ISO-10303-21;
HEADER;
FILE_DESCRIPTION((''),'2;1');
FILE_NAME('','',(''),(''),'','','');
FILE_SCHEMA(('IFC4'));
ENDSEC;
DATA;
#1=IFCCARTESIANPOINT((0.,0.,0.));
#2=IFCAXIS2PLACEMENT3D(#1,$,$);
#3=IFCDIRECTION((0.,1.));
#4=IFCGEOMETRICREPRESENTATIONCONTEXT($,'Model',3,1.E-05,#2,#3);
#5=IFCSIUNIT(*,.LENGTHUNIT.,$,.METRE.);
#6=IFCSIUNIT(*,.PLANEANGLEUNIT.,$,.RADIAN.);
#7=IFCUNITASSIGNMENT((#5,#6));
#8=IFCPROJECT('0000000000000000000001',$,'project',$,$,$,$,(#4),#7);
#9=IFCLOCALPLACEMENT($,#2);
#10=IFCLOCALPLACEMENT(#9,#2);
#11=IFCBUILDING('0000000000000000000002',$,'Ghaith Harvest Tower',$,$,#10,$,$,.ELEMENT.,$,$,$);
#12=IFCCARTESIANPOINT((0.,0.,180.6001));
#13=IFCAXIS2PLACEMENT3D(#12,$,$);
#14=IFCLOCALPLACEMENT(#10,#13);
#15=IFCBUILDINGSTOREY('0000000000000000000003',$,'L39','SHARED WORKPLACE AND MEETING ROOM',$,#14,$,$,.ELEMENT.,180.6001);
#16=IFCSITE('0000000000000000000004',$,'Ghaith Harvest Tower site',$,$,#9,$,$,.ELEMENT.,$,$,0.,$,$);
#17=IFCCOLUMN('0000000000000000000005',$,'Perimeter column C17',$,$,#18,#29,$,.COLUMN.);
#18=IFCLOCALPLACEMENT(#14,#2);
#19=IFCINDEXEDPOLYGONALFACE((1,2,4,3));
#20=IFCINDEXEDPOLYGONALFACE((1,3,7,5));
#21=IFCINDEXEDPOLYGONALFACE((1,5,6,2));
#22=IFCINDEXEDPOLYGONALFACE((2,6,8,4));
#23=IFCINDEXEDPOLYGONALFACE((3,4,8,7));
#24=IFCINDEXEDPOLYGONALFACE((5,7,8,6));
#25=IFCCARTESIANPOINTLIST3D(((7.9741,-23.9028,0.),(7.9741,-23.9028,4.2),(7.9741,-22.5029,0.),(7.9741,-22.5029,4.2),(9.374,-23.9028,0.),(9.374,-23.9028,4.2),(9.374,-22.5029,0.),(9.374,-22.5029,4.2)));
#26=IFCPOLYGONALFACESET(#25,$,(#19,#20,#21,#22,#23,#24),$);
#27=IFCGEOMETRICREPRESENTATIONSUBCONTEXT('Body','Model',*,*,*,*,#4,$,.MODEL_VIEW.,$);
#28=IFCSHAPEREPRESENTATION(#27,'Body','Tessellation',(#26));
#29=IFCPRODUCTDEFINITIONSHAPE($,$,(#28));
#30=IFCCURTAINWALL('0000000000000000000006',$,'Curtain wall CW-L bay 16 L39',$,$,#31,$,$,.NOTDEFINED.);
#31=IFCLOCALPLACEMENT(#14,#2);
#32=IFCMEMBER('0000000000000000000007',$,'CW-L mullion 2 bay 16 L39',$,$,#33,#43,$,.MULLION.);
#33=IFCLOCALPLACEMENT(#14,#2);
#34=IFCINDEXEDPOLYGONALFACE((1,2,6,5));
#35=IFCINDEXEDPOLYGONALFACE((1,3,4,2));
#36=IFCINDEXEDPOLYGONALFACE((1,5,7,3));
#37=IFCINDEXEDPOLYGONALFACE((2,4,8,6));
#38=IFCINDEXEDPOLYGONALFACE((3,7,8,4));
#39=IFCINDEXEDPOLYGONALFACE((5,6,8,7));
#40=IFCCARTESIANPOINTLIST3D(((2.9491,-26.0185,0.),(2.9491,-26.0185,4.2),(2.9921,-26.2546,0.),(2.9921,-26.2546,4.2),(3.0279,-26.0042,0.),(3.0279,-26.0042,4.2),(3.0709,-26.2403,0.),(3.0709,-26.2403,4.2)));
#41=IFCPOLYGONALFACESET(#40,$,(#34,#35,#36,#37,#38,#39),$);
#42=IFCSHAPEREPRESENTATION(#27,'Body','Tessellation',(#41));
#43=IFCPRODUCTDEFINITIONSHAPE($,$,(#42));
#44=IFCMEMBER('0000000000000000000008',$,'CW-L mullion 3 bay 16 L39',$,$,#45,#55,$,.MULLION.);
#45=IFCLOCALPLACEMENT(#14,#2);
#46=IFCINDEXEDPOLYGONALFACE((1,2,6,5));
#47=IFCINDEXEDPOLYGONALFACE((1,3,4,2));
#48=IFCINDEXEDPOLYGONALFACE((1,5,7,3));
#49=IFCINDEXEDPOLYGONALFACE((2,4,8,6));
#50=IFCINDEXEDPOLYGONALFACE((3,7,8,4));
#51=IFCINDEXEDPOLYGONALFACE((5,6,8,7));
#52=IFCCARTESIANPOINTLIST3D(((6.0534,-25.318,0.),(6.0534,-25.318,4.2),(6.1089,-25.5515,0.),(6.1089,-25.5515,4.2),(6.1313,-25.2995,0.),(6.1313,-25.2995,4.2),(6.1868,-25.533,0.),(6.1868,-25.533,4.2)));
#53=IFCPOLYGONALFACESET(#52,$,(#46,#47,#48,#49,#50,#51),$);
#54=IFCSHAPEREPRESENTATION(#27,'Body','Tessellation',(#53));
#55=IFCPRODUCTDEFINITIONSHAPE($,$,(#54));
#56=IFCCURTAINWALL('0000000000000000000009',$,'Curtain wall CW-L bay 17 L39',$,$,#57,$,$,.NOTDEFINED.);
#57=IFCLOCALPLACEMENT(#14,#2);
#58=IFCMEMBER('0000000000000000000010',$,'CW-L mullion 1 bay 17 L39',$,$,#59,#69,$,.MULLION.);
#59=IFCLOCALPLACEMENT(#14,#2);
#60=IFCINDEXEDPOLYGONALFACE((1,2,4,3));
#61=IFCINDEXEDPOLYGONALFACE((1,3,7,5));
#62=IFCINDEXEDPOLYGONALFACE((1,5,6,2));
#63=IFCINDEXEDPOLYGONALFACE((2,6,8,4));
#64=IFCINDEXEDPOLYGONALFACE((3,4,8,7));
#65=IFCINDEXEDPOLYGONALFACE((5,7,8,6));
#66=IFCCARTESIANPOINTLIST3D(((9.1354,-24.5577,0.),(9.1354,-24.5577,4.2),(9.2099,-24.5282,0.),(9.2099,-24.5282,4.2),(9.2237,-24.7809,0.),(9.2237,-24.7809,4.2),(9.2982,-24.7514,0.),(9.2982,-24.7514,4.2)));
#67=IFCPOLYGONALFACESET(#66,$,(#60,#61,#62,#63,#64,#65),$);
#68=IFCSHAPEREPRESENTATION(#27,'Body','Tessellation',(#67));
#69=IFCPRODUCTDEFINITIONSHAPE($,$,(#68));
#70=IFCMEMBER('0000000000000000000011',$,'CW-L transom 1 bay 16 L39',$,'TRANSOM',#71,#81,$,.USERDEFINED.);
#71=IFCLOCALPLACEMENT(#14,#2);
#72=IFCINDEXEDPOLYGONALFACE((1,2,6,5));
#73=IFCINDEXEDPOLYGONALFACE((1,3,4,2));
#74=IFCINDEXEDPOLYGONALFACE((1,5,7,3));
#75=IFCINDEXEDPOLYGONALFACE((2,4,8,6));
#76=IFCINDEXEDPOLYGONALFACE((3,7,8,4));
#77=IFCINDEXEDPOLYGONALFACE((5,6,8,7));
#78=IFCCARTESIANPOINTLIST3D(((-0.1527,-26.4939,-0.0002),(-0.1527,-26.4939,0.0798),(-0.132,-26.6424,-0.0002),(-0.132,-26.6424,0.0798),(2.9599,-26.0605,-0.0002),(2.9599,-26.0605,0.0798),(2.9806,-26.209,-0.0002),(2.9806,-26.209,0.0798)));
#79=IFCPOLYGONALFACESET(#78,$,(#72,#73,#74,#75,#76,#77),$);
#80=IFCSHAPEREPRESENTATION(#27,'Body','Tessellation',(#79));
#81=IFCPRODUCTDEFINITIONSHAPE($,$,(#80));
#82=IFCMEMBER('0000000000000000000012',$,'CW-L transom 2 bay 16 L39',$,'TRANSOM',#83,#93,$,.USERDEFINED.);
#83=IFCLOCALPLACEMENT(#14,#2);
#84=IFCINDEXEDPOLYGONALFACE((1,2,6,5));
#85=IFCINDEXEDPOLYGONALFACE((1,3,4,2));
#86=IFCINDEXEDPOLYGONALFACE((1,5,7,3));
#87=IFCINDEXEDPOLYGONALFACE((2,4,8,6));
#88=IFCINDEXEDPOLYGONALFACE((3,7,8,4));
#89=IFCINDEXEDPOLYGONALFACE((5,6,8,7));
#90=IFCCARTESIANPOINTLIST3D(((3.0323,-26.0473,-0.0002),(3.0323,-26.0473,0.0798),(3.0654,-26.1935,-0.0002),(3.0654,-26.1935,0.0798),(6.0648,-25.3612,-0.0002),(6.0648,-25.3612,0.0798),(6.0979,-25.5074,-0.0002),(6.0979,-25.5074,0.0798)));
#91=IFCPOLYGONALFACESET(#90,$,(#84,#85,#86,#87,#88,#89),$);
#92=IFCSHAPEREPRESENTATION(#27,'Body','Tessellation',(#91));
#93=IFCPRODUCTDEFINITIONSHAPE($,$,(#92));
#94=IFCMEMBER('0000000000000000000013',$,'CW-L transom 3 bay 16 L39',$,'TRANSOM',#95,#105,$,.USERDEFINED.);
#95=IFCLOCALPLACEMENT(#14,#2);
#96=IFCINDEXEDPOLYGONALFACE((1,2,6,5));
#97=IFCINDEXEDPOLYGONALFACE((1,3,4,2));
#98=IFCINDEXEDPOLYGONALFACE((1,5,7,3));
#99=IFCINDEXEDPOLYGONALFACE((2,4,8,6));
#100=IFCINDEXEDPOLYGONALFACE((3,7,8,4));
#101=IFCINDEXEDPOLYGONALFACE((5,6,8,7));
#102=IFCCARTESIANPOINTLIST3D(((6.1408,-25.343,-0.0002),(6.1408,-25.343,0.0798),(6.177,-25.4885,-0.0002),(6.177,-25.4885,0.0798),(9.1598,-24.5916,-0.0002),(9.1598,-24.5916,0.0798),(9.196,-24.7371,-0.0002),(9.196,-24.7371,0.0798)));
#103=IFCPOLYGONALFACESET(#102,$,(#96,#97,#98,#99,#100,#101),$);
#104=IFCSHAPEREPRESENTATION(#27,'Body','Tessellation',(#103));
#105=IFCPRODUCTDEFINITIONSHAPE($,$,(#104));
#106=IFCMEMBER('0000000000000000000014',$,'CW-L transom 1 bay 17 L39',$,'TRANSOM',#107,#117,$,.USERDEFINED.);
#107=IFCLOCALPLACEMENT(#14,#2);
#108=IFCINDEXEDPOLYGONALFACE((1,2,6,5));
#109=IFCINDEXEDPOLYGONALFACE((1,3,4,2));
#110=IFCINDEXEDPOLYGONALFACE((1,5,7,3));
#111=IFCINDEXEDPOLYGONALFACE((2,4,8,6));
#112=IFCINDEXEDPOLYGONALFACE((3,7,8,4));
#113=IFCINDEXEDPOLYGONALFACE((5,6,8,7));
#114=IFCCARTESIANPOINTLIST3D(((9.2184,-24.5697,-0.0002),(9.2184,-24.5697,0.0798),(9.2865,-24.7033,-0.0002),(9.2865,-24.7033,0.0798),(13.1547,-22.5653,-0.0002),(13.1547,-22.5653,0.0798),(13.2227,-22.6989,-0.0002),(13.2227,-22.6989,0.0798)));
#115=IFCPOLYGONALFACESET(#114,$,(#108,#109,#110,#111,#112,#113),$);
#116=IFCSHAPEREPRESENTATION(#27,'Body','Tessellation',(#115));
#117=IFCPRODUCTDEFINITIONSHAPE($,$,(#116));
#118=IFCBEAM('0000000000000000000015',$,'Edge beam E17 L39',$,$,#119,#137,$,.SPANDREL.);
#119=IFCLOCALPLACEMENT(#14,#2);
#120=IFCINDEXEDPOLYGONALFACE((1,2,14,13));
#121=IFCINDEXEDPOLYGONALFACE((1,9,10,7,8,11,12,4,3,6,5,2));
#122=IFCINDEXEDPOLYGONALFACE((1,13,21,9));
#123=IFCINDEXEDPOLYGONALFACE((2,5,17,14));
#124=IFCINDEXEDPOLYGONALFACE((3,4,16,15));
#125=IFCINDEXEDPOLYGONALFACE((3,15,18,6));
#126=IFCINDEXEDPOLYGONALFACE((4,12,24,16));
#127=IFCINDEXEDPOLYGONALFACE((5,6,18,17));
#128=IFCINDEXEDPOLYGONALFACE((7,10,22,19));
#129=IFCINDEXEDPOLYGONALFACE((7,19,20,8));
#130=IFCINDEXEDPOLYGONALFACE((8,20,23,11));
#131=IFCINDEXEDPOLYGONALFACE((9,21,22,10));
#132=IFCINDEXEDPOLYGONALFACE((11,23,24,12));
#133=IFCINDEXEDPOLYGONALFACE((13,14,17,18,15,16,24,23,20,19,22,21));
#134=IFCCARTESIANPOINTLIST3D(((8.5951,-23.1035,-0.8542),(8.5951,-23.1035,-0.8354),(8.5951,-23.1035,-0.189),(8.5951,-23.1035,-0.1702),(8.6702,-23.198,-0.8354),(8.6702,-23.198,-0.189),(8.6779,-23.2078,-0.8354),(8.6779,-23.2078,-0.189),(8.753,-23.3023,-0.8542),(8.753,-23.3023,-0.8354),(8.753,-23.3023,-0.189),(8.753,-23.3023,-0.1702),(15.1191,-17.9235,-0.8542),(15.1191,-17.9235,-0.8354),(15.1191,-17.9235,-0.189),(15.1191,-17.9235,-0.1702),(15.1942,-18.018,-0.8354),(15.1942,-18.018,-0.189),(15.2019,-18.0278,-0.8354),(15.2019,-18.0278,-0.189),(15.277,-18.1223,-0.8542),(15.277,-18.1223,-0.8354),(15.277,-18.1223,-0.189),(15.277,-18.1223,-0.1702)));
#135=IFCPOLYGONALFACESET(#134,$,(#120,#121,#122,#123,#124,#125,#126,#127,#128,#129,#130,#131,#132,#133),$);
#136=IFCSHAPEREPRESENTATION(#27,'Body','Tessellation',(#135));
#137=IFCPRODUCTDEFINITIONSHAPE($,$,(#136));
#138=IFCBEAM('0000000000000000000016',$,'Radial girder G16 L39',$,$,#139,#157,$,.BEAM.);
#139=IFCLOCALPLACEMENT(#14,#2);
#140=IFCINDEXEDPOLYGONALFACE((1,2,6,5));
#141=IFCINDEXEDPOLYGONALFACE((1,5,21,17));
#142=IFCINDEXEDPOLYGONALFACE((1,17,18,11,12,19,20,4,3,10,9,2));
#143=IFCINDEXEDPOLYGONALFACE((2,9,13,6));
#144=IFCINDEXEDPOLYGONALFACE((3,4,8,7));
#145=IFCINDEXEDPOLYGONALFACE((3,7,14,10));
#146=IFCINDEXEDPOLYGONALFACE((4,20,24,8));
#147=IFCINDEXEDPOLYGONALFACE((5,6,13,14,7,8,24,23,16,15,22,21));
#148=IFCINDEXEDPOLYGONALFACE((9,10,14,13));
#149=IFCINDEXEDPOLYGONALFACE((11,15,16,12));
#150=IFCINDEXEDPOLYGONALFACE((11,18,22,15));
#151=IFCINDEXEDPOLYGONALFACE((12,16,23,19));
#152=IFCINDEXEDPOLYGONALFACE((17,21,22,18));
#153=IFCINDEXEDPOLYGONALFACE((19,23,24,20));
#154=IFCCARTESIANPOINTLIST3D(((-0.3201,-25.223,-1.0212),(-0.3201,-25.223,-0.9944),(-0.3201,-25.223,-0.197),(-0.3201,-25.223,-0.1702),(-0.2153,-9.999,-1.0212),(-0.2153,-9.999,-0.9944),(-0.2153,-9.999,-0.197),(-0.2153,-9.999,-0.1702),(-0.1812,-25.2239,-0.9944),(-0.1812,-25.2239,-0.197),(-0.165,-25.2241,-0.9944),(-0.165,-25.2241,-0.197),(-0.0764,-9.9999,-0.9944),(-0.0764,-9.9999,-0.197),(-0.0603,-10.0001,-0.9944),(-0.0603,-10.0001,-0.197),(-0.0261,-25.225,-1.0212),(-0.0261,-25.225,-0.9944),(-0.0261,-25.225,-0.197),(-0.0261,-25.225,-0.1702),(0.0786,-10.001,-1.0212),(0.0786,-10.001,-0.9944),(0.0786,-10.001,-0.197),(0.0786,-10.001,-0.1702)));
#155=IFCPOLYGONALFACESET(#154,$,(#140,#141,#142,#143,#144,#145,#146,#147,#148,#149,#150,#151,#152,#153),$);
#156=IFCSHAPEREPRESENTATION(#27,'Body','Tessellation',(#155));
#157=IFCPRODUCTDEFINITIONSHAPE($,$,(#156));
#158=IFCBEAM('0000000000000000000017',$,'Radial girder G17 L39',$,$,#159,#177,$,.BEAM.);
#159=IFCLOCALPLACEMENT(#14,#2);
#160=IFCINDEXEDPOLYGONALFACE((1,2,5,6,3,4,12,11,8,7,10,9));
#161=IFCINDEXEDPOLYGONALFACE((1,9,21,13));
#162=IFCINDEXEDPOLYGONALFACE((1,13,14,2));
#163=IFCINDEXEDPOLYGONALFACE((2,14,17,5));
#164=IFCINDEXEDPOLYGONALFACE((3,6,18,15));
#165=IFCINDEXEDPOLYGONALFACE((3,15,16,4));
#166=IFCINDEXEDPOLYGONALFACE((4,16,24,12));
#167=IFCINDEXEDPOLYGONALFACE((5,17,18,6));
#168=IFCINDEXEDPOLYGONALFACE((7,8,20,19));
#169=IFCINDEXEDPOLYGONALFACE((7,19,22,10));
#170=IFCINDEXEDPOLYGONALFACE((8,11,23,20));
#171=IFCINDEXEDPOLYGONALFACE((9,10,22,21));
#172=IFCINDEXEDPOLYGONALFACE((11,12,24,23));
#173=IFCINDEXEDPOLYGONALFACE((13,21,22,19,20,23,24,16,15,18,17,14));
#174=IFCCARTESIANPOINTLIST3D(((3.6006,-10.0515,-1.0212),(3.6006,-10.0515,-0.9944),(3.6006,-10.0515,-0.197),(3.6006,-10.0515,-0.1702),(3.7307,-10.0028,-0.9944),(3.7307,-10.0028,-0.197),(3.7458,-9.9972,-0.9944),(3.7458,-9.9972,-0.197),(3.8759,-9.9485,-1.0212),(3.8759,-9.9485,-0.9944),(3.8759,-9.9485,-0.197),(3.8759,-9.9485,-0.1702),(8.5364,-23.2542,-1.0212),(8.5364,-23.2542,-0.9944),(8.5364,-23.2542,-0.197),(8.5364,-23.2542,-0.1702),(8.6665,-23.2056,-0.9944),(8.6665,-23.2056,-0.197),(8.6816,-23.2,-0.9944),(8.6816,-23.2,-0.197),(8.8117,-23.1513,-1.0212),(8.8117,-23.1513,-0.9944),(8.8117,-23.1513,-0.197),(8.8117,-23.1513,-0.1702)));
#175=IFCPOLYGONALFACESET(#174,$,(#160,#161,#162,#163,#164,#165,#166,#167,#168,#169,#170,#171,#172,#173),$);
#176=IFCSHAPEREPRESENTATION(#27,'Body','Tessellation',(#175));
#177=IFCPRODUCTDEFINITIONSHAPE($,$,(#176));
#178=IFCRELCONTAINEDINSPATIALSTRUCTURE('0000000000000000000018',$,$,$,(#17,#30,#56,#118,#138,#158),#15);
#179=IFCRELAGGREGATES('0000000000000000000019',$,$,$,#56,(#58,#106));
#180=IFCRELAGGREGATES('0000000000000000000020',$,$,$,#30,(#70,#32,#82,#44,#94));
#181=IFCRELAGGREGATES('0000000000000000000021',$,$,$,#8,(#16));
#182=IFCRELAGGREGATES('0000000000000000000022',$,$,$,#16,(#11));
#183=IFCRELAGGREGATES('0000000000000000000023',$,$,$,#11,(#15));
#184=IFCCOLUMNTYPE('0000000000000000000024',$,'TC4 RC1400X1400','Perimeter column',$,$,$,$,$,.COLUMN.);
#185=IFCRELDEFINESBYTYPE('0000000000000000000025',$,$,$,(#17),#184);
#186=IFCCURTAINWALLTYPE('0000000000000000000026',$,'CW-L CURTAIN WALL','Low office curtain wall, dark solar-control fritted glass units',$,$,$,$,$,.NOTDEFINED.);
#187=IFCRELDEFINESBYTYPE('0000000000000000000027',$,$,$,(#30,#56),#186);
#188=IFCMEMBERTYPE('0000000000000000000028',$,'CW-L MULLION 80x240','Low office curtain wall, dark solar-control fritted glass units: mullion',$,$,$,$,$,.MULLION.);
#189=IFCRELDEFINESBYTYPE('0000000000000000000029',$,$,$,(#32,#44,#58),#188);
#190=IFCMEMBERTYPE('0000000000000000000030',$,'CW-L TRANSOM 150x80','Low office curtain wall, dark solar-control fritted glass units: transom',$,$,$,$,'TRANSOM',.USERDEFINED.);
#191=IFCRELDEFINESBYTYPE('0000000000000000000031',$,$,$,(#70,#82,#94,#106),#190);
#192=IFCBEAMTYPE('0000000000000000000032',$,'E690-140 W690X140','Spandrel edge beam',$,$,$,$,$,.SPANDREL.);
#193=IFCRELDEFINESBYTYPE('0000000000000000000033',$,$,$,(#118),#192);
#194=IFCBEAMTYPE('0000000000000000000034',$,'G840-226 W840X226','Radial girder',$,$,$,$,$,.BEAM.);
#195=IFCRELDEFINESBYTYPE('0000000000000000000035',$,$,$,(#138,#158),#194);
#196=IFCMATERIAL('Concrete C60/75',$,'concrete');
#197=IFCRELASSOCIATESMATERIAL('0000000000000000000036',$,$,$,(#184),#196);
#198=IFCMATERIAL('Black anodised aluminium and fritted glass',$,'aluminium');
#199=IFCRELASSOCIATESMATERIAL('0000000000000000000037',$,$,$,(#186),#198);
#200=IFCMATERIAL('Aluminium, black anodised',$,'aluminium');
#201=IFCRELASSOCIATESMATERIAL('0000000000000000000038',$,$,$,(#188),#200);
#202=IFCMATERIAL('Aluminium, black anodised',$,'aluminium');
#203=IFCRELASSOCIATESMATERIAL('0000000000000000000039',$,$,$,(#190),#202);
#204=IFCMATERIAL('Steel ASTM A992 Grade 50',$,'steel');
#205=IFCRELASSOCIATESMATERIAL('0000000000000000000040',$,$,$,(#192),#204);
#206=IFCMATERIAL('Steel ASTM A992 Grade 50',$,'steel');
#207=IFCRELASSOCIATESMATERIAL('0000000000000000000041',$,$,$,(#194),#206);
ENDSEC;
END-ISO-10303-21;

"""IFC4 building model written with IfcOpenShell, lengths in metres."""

from ifc_helpers import new_model, si_unit, direction, frame, origin, origin_2d, place, context, subcontext, project, spatial, rectangle, i_section, extrude, material, material_profile, profile_set, type_object, element, aggregate, save


model = new_model("IFC4")

# Units and contexts
model_context = context("Model", 3, precision=1e-05, world=origin(), true_north=direction((0.0, 1.0)))
body_context = subcontext(model_context, "Body", "Model", "MODEL_VIEW")
ifc_project = project(units=[si_unit("LENGTHUNIT", "METRE"), si_unit("PLANEANGLEUNIT", "RADIAN")], contexts=[model_context])

# Site, building, storey
site_placement = place(None, origin())
site = spatial("IfcSite", under=ifc_project, at=site_placement, Name="Ghaith Harvest Tower site", CompositionType="ELEMENT", RefElevation=0.0)
building_placement = place(site_placement, origin())
building = spatial("IfcBuilding", under=site, at=building_placement, Name="Ghaith Harvest Tower", CompositionType="ELEMENT")
storey_placement = place(building_placement, frame((0.0, 0.0, 180.6001)))
storey = spatial("IfcBuildingStorey", under=building, at=storey_placement, Name="L39", Description="SHARED WORKPLACE AND MEETING ROOM", CompositionType="ELEMENT", Elevation=180.6001)

# Column
ifc_material_1 = material(Name="Concrete C60/75", Category="concrete")
ifc_material_profile_1 = material_profile(ifc_material_1, rectangle(XDim=1.3999, YDim=1.3999, at=origin_2d()), Name="RC1400X1400")
ifc_profile_set_1 = profile_set([ifc_material_profile_1], Name="Concrete C60/75")
column_type = type_object("IfcColumnType", Name="TC4 RC1400X1400", Description="Perimeter column", PredefinedType="COLUMN", material=ifc_profile_set_1)
column_placement = place(storey_placement, frame((8.6741, -23.2029, 0.0), z_axis=(0.0, 0.0, 1.0), x_axis=(1.0, 0.0, 0.0)))
element("IfcColumn", 1, at=column_placement, inside=storey, type_object=column_type, Name="Perimeter column C17", PredefinedType="COLUMN", context=body_context, shape_type="SweptSolid", body=[
    extrude(rectangle(XDim=1.3999, YDim=1.3999, at=origin_2d()), origin(), (0.0, 0.0, 1.0), 4.2),
])

# Curtain wall, members
ifc_material_2 = material(Name="Black anodised aluminium and fritted glass", Category="aluminium")
curtain_wall_type = type_object("IfcCurtainWallType", Name="CW-L CURTAIN WALL", Description="Low office curtain wall, dark solar-control fritted glass units", PredefinedType="NOTDEFINED", material=ifc_material_2)
curtain_wall_1_placement = place(storey_placement, origin())
curtain_wall_1 = element("IfcCurtainWall", 2, at=curtain_wall_1_placement, inside=storey, type_object=curtain_wall_type, Name="Curtain wall CW-L bay 16 L39", PredefinedType="NOTDEFINED")
ifc_material_3 = material(Name="Aluminium, black anodised", Category="aluminium")
ifc_material_profile_2 = material_profile(ifc_material_3, rectangle(XDim=0.0801, YDim=0.24, at=origin_2d()), Name="CW-L MULLION 80x240")
ifc_profile_set_2 = profile_set([ifc_material_profile_2], Name="Aluminium, black anodised")
member_type_1 = type_object("IfcMemberType", Name="CW-L MULLION 80x240", Description="Low office curtain wall, dark solar-control fritted glass units: mullion", PredefinedType="MULLION", material=ifc_profile_set_2)
member_1_placement = place(storey_placement, frame((3.01, -26.1294, 0.0), z_axis=(0.0, 0.0, 1.0), x_axis=(0.983806, 0.179235, 0.0)))
member_1 = element("IfcMember", 3, at=member_1_placement, type_object=member_type_1, Name="CW-L mullion 2 bay 16 L39", PredefinedType="MULLION", context=body_context, shape_type="SweptSolid", body=[
    extrude(rectangle(XDim=0.0801, YDim=0.24, at=origin_2d()), origin(), (0.0, 0.0, 1.0), 4.2),
])
member_2_placement = place(storey_placement, frame((6.1201, -25.4255, 0.0), z_axis=(0.0, 0.0, 1.0), x_axis=(0.972918, 0.23115, 0.0)))
member_2 = element("IfcMember", 4, at=member_2_placement, type_object=member_type_1, Name="CW-L mullion 3 bay 16 L39", PredefinedType="MULLION", context=body_context, shape_type="SweptSolid", body=[
    extrude(rectangle(XDim=0.0801, YDim=0.24, at=origin_2d()), origin(), (0.0, 0.0, 1.0), 4.2),
])

# Curtain wall, member
curtain_wall_2_placement = place(storey_placement, origin())
curtain_wall_2 = element("IfcCurtainWall", 5, at=curtain_wall_2_placement, inside=storey, type_object=curtain_wall_type, Name="Curtain wall CW-L bay 17 L39", PredefinedType="NOTDEFINED")
member_3_placement = place(storey_placement, frame((9.2168, -24.6545, 0.0), z_axis=(0.0, 0.0, 1.0), x_axis=(0.929832, 0.367985, 0.0)))
member_3 = element("IfcMember", 6, at=member_3_placement, type_object=member_type_1, Name="CW-L mullion 1 bay 17 L39", PredefinedType="MULLION", context=body_context, shape_type="SweptSolid", body=[
    extrude(rectangle(XDim=0.0801, YDim=0.24, at=origin_2d()), origin(), (0.0, 0.0, 1.0), 4.2),
])

# Members
ifc_material_4 = material(Name="Aluminium, black anodised", Category="aluminium")
ifc_material_profile_3 = material_profile(ifc_material_4, rectangle(XDim=0.1499, YDim=0.0801, at=origin_2d()), Name="CW-L TRANSOM 150x80")
ifc_profile_set_3 = profile_set([ifc_material_profile_3], Name="Aluminium, black anodised")
member_type_2 = type_object("IfcMemberType", Name="CW-L TRANSOM 150x80", Description="Low office curtain wall, dark solar-control fritted glass units: transom", ElementType="TRANSOM", PredefinedType="USERDEFINED", material=ifc_profile_set_3)
member_4_placement = place(storey_placement, frame((-0.1423, -26.5681, 0.0398), z_axis=(0.990447, 0.137897, 0.0), x_axis=(-0.137897, 0.990447, 0.0)))
member_4 = element("IfcMember", 7, at=member_4_placement, type_object=member_type_2, Name="CW-L transom 1 bay 16 L39", ObjectType="TRANSOM", PredefinedType="USERDEFINED", context=body_context, shape_type="SweptSolid", body=[
    extrude(rectangle(XDim=0.1499, YDim=0.0801, at=origin_2d()), origin(), (0.0, 0.0, 1.0), 3.1426),
])
member_5_placement = place(storey_placement, frame((3.0488, -26.1204, 0.0398), z_axis=(0.975352, 0.220654, 0.0), x_axis=(-0.220654, 0.975352, 0.0)))
member_5 = element("IfcMember", 8, at=member_5_placement, type_object=member_type_2, Name="CW-L transom 2 bay 16 L39", ObjectType="TRANSOM", PredefinedType="USERDEFINED", context=body_context, shape_type="SweptSolid", body=[
    extrude(rectangle(XDim=0.1499, YDim=0.0801, at=origin_2d()), origin(), (0.0, 0.0, 1.0), 3.1091),
])
member_6_placement = place(storey_placement, frame((6.1589, -25.4158, 0.0398), z_axis=(0.970391, 0.241538, 0.0), x_axis=(-0.241538, 0.970391, 0.0)))
member_6 = element("IfcMember", 9, at=member_6_placement, type_object=member_type_2, Name="CW-L transom 3 bay 16 L39", ObjectType="TRANSOM", PredefinedType="USERDEFINED", context=body_context, shape_type="SweptSolid", body=[
    extrude(rectangle(XDim=0.1499, YDim=0.0801, at=origin_2d()), origin(), (0.0, 0.0, 1.0), 3.1111),
])
member_7_placement = place(storey_placement, frame((9.2524, -24.6365, 0.0398), z_axis=(0.89112, 0.453768, 0.0), x_axis=(-0.453768, 0.89112, 0.0)))
member_7 = element("IfcMember", 10, at=member_7_placement, type_object=member_type_2, Name="CW-L transom 1 bay 17 L39", ObjectType="TRANSOM", PredefinedType="USERDEFINED", context=body_context, shape_type="SweptSolid", body=[
    extrude(rectangle(XDim=0.1499, YDim=0.0801, at=origin_2d()), origin(), (0.0, 0.0, 1.0), 4.4172),
])
aggregate(curtain_wall_2, [member_3, member_7])

# Beams
ifc_material_5 = material(Name="Steel ASTM A992 Grade 50", Category="steel")
ifc_material_profile_4 = material_profile(ifc_material_5, i_section(OverallWidth=0.2539, OverallDepth=0.6841, WebThickness=0.0125, FlangeThickness=0.0188, at=origin_2d()), Name="W690X140")
ifc_profile_set_4 = profile_set([ifc_material_profile_4], Name="Steel ASTM A992 Grade 50")
beam_type_1 = type_object("IfcBeamType", Name="E690-140 W690X140", Description="Spandrel edge beam", PredefinedType="SPANDREL", material=ifc_profile_set_4)
beam_1_placement = place(storey_placement, frame((8.6741, -23.2029, -0.5122), z_axis=(0.78316, 0.621821, 0.0), x_axis=(-0.621821, 0.78316, 0.0)))
element("IfcBeam", 11, at=beam_1_placement, inside=storey, type_object=beam_type_1, Name="Edge beam E17 L39", PredefinedType="SPANDREL", context=body_context, shape_type="SweptSolid", body=[
    extrude(i_section(OverallWidth=0.2539, OverallDepth=0.6841, WebThickness=0.0125, FlangeThickness=0.0188, at=origin_2d()), origin(), (0.0, 0.0, 1.0), 8.3303),
])
ifc_material_6 = material(Name="Steel ASTM A992 Grade 50", Category="steel")
ifc_material_profile_5 = material_profile(ifc_material_6, i_section(OverallWidth=0.2939, OverallDepth=0.8511, WebThickness=0.0161, FlangeThickness=0.0269, at=origin_2d()), Name="W840X226")
ifc_profile_set_5 = profile_set([ifc_material_profile_5], Name="Steel ASTM A992 Grade 50")
beam_type_2 = type_object("IfcBeamType", Name="G840-226 W840X226", Description="Radial girder", PredefinedType="BEAM", material=ifc_profile_set_5)
beam_2_placement = place(storey_placement, frame((-0.0684, -10.0, -0.5957), z_axis=(-0.006879, -0.999976, 0.0), x_axis=(0.999976, -0.006879, 0.0)))
element("IfcBeam", 12, at=beam_2_placement, inside=storey, type_object=beam_type_2, Name="Radial girder G16 L39", PredefinedType="BEAM", context=body_context, shape_type="SweptSolid", body=[
    extrude(i_section(OverallWidth=0.2939, OverallDepth=0.8511, WebThickness=0.0161, FlangeThickness=0.0269, at=origin_2d()), origin(), (0.0, 0.0, 1.0), 15.2244),
])
beam_3_placement = place(storey_placement, frame((3.7383, -10.0, -0.5957), z_axis=(0.350172, -0.936685, 0.0), x_axis=(0.936685, 0.350172, 0.0)))
element("IfcBeam", 13, at=beam_3_placement, inside=storey, type_object=beam_type_2, Name="Radial girder G17 L39", PredefinedType="BEAM", context=body_context, shape_type="SweptSolid", body=[
    extrude(i_section(OverallWidth=0.2939, OverallDepth=0.8511, WebThickness=0.0161, FlangeThickness=0.0269, at=origin_2d()), origin(), (0.0, 0.0, 1.0), 14.0952),
])

aggregate(curtain_wall_1, [member_4, member_1, member_5, member_2, member_6])

save(model, "model.ifc")
